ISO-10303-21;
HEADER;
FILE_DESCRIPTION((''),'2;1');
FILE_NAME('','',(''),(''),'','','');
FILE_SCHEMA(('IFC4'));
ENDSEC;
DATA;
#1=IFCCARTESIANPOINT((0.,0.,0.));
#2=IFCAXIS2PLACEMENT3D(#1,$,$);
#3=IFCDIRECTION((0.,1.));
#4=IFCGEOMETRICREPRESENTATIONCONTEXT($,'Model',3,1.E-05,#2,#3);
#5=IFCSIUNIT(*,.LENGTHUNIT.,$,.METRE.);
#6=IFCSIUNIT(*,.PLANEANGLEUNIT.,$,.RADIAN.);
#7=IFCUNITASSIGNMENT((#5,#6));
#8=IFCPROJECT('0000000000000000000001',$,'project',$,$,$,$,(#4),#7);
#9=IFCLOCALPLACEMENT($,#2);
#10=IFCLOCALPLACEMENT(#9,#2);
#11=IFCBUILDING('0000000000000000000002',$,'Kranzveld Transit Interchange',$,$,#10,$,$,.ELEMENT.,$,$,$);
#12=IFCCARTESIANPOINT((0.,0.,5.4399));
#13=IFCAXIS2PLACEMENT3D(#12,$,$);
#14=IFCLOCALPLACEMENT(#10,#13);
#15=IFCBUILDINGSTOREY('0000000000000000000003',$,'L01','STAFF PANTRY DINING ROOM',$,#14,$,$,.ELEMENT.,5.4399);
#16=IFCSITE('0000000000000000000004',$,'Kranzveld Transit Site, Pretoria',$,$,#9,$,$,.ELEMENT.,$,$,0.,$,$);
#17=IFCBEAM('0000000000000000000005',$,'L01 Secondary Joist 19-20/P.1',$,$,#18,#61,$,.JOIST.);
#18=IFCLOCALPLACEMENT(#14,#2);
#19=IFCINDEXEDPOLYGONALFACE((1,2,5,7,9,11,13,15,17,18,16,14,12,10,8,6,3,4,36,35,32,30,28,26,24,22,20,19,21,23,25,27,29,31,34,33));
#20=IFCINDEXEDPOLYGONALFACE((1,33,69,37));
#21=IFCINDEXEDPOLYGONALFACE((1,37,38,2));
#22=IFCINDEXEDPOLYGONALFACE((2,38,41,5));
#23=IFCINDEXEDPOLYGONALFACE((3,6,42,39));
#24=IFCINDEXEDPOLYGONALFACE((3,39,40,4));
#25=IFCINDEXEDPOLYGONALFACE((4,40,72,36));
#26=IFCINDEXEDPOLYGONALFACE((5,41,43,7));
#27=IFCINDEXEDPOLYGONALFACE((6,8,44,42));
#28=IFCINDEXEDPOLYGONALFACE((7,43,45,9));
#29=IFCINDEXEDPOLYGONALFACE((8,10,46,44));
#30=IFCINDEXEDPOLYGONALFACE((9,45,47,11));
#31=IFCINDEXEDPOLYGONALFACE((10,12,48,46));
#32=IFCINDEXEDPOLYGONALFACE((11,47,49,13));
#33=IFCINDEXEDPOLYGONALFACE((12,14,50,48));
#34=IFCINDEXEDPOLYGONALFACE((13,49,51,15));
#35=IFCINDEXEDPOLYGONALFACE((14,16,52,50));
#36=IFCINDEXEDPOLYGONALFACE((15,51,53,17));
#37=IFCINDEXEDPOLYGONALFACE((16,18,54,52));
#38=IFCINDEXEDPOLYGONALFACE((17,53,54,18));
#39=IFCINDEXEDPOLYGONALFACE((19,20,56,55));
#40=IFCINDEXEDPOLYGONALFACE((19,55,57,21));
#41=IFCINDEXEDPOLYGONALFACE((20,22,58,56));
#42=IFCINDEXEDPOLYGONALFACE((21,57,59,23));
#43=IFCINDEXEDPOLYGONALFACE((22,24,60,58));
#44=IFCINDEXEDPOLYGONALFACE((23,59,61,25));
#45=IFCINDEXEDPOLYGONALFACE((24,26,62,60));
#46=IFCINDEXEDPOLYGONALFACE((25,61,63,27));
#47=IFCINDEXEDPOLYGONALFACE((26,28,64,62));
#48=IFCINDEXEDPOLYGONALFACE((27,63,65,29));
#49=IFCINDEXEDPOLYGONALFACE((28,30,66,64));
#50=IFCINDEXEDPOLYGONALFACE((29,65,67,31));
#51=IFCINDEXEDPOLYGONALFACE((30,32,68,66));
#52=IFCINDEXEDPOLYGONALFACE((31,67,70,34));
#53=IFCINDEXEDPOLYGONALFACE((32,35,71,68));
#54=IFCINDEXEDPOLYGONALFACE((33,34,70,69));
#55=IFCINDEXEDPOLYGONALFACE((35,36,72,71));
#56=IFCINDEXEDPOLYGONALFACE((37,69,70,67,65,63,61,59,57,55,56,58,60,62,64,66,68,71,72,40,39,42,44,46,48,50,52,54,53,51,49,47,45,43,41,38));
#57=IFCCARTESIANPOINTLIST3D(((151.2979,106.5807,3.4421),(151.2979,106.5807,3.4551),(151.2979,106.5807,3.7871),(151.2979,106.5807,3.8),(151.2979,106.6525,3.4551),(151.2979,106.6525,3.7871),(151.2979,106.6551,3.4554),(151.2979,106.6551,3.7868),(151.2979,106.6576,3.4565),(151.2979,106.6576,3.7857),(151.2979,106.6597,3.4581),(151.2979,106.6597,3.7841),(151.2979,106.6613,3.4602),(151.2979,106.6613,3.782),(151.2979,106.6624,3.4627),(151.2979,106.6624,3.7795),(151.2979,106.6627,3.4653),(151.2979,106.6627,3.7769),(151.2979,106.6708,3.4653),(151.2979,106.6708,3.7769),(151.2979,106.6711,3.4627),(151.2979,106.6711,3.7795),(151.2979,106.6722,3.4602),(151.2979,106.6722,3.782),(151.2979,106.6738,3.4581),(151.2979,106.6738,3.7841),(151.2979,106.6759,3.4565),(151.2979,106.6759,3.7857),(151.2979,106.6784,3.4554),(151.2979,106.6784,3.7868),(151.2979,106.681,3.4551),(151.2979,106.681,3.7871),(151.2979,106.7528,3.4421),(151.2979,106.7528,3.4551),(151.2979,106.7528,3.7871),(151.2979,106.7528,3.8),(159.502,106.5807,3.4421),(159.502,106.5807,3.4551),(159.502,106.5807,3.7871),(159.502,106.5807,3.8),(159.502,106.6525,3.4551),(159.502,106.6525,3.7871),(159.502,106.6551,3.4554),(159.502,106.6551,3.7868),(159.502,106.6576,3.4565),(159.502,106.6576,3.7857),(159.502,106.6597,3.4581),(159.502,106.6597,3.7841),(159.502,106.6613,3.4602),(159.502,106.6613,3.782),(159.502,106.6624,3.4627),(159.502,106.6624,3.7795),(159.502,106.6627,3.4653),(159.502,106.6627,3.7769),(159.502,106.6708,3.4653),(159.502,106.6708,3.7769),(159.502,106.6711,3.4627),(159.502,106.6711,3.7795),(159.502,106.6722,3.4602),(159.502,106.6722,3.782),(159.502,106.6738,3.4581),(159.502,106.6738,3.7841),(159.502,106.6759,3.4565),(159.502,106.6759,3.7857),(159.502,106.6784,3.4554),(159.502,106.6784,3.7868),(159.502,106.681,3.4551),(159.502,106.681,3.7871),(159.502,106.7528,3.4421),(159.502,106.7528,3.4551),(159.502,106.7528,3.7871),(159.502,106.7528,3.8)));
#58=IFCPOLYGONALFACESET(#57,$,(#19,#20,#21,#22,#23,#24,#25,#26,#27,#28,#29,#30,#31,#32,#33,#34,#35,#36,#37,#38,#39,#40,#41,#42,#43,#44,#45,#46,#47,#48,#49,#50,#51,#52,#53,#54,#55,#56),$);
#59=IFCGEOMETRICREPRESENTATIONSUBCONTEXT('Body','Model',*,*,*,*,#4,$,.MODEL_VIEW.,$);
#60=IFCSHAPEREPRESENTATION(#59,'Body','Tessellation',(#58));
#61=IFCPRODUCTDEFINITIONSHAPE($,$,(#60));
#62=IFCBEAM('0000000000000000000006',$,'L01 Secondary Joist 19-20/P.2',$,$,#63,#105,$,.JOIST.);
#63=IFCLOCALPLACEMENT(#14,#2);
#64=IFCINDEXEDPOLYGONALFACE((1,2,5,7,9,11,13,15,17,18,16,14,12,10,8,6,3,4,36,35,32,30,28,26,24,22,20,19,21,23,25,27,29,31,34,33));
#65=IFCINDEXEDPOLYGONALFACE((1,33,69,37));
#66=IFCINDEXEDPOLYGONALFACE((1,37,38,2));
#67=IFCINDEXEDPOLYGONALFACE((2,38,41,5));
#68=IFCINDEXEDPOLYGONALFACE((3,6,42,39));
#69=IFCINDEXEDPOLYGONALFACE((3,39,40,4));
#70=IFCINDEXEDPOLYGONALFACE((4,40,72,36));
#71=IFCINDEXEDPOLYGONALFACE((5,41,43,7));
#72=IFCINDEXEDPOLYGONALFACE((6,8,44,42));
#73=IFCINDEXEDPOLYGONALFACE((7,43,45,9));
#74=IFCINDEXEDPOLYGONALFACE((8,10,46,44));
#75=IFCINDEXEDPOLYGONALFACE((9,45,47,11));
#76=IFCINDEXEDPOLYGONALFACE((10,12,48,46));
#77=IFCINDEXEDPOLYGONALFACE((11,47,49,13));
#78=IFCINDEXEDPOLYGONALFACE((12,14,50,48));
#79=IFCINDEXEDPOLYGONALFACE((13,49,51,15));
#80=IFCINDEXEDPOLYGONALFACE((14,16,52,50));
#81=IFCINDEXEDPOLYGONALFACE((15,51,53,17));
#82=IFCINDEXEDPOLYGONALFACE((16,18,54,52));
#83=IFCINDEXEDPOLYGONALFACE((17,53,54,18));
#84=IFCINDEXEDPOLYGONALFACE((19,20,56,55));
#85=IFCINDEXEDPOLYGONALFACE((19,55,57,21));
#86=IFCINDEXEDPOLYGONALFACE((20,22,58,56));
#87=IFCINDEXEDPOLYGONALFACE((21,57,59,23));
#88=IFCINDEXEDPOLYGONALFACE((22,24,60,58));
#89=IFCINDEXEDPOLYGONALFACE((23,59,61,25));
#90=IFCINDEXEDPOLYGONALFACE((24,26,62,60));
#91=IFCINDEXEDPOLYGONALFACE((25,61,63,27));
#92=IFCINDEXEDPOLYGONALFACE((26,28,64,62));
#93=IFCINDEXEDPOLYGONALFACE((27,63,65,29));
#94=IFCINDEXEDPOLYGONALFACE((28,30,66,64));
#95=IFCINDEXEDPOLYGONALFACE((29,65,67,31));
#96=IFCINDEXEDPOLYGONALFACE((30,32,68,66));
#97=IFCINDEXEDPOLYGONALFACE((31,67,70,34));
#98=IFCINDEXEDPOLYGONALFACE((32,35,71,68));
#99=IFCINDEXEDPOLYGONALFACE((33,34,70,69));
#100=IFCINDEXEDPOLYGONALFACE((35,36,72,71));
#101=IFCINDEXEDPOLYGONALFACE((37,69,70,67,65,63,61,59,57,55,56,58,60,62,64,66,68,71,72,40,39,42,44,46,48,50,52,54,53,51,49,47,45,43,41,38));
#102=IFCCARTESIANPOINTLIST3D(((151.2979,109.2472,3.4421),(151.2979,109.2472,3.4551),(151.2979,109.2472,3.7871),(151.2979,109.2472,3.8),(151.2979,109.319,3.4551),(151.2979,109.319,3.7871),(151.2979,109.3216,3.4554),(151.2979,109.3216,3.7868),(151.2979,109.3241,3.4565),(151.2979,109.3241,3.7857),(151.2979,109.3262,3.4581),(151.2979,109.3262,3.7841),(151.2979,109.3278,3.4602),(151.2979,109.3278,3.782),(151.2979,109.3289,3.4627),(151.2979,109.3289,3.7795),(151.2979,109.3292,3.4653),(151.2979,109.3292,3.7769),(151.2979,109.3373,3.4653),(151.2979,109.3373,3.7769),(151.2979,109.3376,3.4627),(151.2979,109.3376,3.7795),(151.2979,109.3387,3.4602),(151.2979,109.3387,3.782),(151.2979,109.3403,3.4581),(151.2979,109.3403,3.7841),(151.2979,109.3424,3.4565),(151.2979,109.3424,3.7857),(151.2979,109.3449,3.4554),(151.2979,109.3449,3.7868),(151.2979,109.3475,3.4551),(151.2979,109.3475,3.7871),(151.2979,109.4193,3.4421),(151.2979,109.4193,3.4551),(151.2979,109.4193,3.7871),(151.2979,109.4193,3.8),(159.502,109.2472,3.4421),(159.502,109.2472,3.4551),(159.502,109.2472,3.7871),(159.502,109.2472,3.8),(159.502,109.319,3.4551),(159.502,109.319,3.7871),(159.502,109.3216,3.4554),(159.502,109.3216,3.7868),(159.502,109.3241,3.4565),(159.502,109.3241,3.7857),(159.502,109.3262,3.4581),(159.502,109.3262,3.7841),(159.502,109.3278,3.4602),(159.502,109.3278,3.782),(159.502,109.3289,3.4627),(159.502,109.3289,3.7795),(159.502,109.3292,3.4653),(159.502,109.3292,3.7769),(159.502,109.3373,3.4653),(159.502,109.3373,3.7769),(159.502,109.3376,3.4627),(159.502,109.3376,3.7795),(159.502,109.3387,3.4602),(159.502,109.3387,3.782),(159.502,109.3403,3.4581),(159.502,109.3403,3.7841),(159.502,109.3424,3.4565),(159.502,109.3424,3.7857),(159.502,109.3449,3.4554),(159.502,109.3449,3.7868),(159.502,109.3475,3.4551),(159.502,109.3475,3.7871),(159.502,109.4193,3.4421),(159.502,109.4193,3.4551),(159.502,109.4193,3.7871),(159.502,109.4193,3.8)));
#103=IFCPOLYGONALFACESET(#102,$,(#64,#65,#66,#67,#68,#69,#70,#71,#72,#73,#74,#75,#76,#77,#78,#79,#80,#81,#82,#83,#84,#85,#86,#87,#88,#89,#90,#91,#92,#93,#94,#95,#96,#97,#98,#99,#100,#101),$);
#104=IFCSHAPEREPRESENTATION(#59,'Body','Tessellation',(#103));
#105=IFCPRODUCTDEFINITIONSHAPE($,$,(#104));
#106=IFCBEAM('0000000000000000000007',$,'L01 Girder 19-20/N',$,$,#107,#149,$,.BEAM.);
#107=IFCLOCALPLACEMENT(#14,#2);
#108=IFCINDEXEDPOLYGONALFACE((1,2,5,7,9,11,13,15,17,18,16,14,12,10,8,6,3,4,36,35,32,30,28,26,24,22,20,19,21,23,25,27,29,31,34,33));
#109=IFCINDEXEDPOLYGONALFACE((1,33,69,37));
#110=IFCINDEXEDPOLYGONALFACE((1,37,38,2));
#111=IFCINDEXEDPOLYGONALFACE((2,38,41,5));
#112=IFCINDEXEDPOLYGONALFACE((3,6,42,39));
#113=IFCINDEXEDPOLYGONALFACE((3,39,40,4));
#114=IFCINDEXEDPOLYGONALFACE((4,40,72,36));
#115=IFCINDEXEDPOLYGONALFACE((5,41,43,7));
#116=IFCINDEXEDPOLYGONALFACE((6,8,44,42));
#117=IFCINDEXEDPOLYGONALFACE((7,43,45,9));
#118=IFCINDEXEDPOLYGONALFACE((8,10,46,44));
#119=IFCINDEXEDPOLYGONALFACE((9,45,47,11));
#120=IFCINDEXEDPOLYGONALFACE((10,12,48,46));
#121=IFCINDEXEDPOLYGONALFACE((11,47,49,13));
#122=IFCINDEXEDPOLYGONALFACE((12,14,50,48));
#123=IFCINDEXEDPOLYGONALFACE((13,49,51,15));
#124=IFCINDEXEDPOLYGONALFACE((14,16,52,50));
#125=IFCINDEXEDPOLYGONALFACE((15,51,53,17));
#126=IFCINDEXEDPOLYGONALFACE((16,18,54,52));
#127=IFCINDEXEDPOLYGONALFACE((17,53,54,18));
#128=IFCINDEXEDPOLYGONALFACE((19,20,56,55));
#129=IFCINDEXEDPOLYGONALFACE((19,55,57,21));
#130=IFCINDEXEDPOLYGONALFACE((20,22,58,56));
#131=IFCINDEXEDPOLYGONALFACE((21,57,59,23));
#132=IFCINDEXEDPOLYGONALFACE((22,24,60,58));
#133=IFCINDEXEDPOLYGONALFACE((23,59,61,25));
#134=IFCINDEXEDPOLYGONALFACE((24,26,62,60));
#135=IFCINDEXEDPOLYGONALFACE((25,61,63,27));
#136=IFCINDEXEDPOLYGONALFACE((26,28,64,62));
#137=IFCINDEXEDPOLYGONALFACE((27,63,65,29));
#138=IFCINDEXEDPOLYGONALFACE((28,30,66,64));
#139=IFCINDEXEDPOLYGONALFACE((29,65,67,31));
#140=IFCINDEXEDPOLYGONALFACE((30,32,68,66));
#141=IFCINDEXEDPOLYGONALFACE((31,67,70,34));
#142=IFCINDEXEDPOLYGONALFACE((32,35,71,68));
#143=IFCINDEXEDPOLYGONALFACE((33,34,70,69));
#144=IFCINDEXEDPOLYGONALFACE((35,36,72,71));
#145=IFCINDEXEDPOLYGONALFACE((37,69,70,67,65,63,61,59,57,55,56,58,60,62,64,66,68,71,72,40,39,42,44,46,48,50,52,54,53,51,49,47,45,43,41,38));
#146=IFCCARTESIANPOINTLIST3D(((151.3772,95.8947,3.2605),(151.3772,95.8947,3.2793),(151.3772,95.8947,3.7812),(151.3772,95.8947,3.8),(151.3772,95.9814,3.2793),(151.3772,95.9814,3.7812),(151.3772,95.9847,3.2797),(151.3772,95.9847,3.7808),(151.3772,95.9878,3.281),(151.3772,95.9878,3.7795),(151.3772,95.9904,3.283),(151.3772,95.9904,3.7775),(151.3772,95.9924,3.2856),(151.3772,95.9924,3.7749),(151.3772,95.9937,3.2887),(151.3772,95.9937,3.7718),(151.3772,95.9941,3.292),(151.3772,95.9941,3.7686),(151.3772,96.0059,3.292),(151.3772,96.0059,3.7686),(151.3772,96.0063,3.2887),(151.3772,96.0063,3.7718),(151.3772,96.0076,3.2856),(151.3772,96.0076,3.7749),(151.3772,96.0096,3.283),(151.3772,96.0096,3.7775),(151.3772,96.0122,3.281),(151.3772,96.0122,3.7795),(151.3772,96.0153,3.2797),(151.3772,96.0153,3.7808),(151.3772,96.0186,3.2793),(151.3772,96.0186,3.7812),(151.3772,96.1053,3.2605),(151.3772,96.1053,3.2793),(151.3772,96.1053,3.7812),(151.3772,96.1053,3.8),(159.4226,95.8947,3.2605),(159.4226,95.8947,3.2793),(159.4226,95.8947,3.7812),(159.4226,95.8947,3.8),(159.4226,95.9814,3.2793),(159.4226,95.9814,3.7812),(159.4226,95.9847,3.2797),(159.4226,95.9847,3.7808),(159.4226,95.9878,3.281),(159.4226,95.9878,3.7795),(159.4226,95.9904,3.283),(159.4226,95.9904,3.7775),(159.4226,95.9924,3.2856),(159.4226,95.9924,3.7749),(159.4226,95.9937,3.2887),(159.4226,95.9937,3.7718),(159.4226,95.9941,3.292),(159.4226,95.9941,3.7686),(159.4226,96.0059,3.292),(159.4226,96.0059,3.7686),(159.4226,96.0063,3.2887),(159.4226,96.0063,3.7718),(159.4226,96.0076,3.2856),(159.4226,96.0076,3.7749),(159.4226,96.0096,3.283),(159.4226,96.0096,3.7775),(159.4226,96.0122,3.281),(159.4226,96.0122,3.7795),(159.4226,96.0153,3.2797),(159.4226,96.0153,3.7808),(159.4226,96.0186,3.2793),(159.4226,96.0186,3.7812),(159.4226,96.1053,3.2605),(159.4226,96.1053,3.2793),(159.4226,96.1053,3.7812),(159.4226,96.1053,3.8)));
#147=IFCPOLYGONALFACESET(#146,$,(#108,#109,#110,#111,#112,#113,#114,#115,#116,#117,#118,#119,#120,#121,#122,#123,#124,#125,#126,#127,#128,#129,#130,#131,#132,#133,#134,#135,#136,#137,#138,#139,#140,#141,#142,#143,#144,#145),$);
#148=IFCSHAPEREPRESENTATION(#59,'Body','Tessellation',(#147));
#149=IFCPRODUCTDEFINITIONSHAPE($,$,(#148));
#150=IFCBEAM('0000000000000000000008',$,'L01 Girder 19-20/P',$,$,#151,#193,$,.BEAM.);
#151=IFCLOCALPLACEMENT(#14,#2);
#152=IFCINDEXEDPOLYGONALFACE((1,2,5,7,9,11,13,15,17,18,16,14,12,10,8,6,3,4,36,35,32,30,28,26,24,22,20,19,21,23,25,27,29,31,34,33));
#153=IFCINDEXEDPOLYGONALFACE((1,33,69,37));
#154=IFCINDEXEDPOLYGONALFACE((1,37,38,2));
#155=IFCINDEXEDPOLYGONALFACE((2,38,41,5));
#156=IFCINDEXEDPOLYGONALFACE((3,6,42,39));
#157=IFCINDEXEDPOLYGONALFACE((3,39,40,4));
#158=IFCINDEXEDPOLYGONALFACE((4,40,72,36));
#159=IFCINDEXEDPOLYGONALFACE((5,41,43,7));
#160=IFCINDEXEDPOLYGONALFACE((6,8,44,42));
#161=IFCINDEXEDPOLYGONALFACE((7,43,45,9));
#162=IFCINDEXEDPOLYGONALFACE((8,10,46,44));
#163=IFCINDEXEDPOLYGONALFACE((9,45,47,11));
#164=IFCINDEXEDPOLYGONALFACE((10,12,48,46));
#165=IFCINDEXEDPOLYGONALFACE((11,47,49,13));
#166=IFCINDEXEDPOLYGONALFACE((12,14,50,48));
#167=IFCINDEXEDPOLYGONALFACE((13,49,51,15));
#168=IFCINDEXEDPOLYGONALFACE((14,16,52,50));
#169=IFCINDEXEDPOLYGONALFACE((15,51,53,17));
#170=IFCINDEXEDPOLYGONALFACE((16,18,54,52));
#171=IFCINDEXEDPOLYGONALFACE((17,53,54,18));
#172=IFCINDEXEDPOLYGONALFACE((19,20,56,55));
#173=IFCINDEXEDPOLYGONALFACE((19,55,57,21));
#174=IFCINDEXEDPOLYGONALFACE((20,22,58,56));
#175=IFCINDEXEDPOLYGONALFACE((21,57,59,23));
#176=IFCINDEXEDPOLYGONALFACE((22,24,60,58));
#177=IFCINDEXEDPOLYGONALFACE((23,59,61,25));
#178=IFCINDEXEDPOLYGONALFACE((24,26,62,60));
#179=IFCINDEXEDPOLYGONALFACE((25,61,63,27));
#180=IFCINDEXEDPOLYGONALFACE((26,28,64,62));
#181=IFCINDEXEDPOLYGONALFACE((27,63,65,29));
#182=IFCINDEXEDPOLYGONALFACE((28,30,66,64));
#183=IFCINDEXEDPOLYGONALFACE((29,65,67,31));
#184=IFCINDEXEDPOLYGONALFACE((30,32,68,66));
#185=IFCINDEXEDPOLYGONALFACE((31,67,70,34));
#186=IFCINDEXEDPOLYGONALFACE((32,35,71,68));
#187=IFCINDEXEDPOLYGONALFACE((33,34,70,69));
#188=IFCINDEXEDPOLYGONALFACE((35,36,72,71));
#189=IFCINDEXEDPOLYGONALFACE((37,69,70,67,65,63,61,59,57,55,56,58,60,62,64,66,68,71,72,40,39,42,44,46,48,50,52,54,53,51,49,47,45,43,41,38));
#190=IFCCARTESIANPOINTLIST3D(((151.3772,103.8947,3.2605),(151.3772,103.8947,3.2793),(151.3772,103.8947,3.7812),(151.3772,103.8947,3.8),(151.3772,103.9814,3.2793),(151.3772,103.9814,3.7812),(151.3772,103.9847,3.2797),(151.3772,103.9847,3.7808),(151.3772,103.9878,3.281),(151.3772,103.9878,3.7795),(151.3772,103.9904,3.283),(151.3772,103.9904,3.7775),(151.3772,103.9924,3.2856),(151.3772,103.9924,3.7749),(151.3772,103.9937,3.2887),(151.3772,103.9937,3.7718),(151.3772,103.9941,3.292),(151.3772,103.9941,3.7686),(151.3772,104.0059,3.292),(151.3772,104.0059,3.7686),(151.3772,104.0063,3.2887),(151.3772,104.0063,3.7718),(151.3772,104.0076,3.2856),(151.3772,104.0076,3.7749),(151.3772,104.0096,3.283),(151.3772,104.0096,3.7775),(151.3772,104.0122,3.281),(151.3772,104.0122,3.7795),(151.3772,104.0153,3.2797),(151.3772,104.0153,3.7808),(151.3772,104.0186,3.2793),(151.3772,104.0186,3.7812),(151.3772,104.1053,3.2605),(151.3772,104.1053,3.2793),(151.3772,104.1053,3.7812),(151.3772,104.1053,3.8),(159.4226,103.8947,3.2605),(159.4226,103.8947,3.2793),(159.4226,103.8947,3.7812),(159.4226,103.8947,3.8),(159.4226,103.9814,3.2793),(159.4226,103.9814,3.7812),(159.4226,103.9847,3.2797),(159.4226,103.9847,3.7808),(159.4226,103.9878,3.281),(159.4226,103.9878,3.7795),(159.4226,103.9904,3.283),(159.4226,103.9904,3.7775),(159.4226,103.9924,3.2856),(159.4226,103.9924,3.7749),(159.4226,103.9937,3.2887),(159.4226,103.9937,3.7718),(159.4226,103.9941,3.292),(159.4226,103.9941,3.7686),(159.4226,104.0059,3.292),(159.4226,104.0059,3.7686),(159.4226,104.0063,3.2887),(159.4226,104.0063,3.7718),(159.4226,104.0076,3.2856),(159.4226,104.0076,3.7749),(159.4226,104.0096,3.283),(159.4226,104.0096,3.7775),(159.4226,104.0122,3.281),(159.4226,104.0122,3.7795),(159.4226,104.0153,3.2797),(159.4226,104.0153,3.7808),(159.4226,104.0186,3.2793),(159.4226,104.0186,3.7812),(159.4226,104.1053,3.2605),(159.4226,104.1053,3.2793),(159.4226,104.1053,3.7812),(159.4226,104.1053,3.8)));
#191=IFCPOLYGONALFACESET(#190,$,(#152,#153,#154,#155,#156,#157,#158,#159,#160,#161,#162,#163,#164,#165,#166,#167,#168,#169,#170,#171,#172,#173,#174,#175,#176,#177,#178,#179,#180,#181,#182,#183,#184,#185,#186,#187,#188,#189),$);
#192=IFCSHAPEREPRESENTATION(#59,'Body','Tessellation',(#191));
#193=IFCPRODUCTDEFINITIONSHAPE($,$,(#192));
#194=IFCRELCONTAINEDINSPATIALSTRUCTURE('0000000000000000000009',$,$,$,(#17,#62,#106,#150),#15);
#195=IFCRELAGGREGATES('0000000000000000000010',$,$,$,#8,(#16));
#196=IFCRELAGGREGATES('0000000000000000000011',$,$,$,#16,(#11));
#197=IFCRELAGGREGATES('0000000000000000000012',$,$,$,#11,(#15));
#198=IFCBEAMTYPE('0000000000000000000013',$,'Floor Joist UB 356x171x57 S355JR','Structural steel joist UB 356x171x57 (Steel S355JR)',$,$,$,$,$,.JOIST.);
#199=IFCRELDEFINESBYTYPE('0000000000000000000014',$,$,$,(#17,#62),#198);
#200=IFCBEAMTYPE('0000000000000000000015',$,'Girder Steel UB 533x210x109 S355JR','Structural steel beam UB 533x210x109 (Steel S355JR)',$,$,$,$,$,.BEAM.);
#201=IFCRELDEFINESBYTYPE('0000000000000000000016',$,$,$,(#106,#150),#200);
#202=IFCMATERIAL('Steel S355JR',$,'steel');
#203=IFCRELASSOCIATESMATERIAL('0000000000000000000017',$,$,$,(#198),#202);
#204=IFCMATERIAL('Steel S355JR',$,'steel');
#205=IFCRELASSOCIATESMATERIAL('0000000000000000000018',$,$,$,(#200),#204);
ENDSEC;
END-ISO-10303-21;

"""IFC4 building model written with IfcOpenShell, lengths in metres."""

from ifc_helpers import new_model, si_unit, direction, frame, origin, origin_2d, place, context, subcontext, project, spatial, i_section, extrude, material, material_profile, profile_set, type_object, element, save


model = new_model("IFC4")

# Units and contexts
model_context = context("Model", 3, precision=1e-05, world=origin(), true_north=direction((0.0, 1.0)))
body_context = subcontext(model_context, "Body", "Model", "MODEL_VIEW")
ifc_project = project(units=[si_unit("LENGTHUNIT", "METRE"), si_unit("PLANEANGLEUNIT", "RADIAN")], contexts=[model_context])

# Site, building, storey
site_placement = place(None, origin())
site = spatial("IfcSite", under=ifc_project, at=site_placement, Name="Kranzveld Transit Site, Pretoria", CompositionType="ELEMENT", RefElevation=0.0)
building_placement = place(site_placement, origin())
building = spatial("IfcBuilding", under=site, at=building_placement, Name="Kranzveld Transit Interchange", CompositionType="ELEMENT")
storey_placement = place(building_placement, frame((0.0, 0.0, 5.4399)))
storey = spatial("IfcBuildingStorey", under=building, at=storey_placement, Name="L01", Description="STAFF PANTRY DINING ROOM", CompositionType="ELEMENT", Elevation=5.4399)

# Beams
ifc_material_1 = material(Name="Steel S355JR", Category="steel")
ifc_material_profile_1 = material_profile(ifc_material_1, i_section(OverallWidth=0.1721, OverallDepth=0.3579, WebThickness=0.0081, FlangeThickness=0.0129, FilletRadius=0.0103, at=origin_2d()), Name="UB 356x171x57")
ifc_profile_set_1 = profile_set([ifc_material_profile_1], Name="Steel S355JR")
beam_type_1 = type_object("IfcBeamType", Name="Floor Joist UB 356x171x57 S355JR", Description="Structural steel joist UB 356x171x57 (Steel S355JR)", PredefinedType="JOIST", material=ifc_profile_set_1)
for number, where, z_axis, x_axis, name in (
    (1, (151.2979, 106.6667, 3.6211), (1.0, 0.0, 0.0), (0.0, 1.0, 0.0), "L01 Secondary Joist 19-20/P.1"),
    (2, (151.2979, 109.3333, 3.6211), (1.0, 0.0, 0.0), (0.0, 1.0, 0.0), "L01 Secondary Joist 19-20/P.2"),
):
    element("IfcBeam", number, at=place(storey_placement, frame(where, z_axis=z_axis, x_axis=x_axis)), inside=storey, type_object=beam_type_1, Name=name, PredefinedType="JOIST", context=body_context, shape_type="SweptSolid", body=[
        extrude(i_section(OverallWidth=0.1721, OverallDepth=0.3579, WebThickness=0.0081, FlangeThickness=0.0129, FilletRadius=0.0103, at=origin_2d()), origin(), (0.0, 0.0, 1.0), 8.2041),
    ])
ifc_material_2 = material(Name="Steel S355JR", Category="steel")
ifc_material_profile_2 = material_profile(ifc_material_2, i_section(OverallWidth=0.2107, OverallDepth=0.5396, WebThickness=0.0117, FlangeThickness=0.0188, FilletRadius=0.0127, at=origin_2d()), Name="UB 533x210x109")
ifc_profile_set_2 = profile_set([ifc_material_profile_2], Name="Steel S355JR")
beam_type_2 = type_object("IfcBeamType", Name="Girder Steel UB 533x210x109 S355JR", Description="Structural steel beam UB 533x210x109 (Steel S355JR)", PredefinedType="BEAM", material=ifc_profile_set_2)
for number, where, z_axis, x_axis, name in (
    (3, (151.3772, 96.0, 3.5303), (1.0, 0.0, 0.0), (0.0, 1.0, 0.0), "L01 Girder 19-20/N"),
    (4, (151.3772, 104.0, 3.5303), (1.0, 0.0, 0.0), (0.0, 1.0, 0.0), "L01 Girder 19-20/P"),
):
    element("IfcBeam", number, at=place(storey_placement, frame(where, z_axis=z_axis, x_axis=x_axis)), inside=storey, type_object=beam_type_2, Name=name, PredefinedType="BEAM", context=body_context, shape_type="SweptSolid", body=[
        extrude(i_section(OverallWidth=0.2107, OverallDepth=0.5396, WebThickness=0.0117, FlangeThickness=0.0188, FilletRadius=0.0127, at=origin_2d()), origin(), (0.0, 0.0, 1.0), 8.0454),
    ])

save(model, "model.ifc")
